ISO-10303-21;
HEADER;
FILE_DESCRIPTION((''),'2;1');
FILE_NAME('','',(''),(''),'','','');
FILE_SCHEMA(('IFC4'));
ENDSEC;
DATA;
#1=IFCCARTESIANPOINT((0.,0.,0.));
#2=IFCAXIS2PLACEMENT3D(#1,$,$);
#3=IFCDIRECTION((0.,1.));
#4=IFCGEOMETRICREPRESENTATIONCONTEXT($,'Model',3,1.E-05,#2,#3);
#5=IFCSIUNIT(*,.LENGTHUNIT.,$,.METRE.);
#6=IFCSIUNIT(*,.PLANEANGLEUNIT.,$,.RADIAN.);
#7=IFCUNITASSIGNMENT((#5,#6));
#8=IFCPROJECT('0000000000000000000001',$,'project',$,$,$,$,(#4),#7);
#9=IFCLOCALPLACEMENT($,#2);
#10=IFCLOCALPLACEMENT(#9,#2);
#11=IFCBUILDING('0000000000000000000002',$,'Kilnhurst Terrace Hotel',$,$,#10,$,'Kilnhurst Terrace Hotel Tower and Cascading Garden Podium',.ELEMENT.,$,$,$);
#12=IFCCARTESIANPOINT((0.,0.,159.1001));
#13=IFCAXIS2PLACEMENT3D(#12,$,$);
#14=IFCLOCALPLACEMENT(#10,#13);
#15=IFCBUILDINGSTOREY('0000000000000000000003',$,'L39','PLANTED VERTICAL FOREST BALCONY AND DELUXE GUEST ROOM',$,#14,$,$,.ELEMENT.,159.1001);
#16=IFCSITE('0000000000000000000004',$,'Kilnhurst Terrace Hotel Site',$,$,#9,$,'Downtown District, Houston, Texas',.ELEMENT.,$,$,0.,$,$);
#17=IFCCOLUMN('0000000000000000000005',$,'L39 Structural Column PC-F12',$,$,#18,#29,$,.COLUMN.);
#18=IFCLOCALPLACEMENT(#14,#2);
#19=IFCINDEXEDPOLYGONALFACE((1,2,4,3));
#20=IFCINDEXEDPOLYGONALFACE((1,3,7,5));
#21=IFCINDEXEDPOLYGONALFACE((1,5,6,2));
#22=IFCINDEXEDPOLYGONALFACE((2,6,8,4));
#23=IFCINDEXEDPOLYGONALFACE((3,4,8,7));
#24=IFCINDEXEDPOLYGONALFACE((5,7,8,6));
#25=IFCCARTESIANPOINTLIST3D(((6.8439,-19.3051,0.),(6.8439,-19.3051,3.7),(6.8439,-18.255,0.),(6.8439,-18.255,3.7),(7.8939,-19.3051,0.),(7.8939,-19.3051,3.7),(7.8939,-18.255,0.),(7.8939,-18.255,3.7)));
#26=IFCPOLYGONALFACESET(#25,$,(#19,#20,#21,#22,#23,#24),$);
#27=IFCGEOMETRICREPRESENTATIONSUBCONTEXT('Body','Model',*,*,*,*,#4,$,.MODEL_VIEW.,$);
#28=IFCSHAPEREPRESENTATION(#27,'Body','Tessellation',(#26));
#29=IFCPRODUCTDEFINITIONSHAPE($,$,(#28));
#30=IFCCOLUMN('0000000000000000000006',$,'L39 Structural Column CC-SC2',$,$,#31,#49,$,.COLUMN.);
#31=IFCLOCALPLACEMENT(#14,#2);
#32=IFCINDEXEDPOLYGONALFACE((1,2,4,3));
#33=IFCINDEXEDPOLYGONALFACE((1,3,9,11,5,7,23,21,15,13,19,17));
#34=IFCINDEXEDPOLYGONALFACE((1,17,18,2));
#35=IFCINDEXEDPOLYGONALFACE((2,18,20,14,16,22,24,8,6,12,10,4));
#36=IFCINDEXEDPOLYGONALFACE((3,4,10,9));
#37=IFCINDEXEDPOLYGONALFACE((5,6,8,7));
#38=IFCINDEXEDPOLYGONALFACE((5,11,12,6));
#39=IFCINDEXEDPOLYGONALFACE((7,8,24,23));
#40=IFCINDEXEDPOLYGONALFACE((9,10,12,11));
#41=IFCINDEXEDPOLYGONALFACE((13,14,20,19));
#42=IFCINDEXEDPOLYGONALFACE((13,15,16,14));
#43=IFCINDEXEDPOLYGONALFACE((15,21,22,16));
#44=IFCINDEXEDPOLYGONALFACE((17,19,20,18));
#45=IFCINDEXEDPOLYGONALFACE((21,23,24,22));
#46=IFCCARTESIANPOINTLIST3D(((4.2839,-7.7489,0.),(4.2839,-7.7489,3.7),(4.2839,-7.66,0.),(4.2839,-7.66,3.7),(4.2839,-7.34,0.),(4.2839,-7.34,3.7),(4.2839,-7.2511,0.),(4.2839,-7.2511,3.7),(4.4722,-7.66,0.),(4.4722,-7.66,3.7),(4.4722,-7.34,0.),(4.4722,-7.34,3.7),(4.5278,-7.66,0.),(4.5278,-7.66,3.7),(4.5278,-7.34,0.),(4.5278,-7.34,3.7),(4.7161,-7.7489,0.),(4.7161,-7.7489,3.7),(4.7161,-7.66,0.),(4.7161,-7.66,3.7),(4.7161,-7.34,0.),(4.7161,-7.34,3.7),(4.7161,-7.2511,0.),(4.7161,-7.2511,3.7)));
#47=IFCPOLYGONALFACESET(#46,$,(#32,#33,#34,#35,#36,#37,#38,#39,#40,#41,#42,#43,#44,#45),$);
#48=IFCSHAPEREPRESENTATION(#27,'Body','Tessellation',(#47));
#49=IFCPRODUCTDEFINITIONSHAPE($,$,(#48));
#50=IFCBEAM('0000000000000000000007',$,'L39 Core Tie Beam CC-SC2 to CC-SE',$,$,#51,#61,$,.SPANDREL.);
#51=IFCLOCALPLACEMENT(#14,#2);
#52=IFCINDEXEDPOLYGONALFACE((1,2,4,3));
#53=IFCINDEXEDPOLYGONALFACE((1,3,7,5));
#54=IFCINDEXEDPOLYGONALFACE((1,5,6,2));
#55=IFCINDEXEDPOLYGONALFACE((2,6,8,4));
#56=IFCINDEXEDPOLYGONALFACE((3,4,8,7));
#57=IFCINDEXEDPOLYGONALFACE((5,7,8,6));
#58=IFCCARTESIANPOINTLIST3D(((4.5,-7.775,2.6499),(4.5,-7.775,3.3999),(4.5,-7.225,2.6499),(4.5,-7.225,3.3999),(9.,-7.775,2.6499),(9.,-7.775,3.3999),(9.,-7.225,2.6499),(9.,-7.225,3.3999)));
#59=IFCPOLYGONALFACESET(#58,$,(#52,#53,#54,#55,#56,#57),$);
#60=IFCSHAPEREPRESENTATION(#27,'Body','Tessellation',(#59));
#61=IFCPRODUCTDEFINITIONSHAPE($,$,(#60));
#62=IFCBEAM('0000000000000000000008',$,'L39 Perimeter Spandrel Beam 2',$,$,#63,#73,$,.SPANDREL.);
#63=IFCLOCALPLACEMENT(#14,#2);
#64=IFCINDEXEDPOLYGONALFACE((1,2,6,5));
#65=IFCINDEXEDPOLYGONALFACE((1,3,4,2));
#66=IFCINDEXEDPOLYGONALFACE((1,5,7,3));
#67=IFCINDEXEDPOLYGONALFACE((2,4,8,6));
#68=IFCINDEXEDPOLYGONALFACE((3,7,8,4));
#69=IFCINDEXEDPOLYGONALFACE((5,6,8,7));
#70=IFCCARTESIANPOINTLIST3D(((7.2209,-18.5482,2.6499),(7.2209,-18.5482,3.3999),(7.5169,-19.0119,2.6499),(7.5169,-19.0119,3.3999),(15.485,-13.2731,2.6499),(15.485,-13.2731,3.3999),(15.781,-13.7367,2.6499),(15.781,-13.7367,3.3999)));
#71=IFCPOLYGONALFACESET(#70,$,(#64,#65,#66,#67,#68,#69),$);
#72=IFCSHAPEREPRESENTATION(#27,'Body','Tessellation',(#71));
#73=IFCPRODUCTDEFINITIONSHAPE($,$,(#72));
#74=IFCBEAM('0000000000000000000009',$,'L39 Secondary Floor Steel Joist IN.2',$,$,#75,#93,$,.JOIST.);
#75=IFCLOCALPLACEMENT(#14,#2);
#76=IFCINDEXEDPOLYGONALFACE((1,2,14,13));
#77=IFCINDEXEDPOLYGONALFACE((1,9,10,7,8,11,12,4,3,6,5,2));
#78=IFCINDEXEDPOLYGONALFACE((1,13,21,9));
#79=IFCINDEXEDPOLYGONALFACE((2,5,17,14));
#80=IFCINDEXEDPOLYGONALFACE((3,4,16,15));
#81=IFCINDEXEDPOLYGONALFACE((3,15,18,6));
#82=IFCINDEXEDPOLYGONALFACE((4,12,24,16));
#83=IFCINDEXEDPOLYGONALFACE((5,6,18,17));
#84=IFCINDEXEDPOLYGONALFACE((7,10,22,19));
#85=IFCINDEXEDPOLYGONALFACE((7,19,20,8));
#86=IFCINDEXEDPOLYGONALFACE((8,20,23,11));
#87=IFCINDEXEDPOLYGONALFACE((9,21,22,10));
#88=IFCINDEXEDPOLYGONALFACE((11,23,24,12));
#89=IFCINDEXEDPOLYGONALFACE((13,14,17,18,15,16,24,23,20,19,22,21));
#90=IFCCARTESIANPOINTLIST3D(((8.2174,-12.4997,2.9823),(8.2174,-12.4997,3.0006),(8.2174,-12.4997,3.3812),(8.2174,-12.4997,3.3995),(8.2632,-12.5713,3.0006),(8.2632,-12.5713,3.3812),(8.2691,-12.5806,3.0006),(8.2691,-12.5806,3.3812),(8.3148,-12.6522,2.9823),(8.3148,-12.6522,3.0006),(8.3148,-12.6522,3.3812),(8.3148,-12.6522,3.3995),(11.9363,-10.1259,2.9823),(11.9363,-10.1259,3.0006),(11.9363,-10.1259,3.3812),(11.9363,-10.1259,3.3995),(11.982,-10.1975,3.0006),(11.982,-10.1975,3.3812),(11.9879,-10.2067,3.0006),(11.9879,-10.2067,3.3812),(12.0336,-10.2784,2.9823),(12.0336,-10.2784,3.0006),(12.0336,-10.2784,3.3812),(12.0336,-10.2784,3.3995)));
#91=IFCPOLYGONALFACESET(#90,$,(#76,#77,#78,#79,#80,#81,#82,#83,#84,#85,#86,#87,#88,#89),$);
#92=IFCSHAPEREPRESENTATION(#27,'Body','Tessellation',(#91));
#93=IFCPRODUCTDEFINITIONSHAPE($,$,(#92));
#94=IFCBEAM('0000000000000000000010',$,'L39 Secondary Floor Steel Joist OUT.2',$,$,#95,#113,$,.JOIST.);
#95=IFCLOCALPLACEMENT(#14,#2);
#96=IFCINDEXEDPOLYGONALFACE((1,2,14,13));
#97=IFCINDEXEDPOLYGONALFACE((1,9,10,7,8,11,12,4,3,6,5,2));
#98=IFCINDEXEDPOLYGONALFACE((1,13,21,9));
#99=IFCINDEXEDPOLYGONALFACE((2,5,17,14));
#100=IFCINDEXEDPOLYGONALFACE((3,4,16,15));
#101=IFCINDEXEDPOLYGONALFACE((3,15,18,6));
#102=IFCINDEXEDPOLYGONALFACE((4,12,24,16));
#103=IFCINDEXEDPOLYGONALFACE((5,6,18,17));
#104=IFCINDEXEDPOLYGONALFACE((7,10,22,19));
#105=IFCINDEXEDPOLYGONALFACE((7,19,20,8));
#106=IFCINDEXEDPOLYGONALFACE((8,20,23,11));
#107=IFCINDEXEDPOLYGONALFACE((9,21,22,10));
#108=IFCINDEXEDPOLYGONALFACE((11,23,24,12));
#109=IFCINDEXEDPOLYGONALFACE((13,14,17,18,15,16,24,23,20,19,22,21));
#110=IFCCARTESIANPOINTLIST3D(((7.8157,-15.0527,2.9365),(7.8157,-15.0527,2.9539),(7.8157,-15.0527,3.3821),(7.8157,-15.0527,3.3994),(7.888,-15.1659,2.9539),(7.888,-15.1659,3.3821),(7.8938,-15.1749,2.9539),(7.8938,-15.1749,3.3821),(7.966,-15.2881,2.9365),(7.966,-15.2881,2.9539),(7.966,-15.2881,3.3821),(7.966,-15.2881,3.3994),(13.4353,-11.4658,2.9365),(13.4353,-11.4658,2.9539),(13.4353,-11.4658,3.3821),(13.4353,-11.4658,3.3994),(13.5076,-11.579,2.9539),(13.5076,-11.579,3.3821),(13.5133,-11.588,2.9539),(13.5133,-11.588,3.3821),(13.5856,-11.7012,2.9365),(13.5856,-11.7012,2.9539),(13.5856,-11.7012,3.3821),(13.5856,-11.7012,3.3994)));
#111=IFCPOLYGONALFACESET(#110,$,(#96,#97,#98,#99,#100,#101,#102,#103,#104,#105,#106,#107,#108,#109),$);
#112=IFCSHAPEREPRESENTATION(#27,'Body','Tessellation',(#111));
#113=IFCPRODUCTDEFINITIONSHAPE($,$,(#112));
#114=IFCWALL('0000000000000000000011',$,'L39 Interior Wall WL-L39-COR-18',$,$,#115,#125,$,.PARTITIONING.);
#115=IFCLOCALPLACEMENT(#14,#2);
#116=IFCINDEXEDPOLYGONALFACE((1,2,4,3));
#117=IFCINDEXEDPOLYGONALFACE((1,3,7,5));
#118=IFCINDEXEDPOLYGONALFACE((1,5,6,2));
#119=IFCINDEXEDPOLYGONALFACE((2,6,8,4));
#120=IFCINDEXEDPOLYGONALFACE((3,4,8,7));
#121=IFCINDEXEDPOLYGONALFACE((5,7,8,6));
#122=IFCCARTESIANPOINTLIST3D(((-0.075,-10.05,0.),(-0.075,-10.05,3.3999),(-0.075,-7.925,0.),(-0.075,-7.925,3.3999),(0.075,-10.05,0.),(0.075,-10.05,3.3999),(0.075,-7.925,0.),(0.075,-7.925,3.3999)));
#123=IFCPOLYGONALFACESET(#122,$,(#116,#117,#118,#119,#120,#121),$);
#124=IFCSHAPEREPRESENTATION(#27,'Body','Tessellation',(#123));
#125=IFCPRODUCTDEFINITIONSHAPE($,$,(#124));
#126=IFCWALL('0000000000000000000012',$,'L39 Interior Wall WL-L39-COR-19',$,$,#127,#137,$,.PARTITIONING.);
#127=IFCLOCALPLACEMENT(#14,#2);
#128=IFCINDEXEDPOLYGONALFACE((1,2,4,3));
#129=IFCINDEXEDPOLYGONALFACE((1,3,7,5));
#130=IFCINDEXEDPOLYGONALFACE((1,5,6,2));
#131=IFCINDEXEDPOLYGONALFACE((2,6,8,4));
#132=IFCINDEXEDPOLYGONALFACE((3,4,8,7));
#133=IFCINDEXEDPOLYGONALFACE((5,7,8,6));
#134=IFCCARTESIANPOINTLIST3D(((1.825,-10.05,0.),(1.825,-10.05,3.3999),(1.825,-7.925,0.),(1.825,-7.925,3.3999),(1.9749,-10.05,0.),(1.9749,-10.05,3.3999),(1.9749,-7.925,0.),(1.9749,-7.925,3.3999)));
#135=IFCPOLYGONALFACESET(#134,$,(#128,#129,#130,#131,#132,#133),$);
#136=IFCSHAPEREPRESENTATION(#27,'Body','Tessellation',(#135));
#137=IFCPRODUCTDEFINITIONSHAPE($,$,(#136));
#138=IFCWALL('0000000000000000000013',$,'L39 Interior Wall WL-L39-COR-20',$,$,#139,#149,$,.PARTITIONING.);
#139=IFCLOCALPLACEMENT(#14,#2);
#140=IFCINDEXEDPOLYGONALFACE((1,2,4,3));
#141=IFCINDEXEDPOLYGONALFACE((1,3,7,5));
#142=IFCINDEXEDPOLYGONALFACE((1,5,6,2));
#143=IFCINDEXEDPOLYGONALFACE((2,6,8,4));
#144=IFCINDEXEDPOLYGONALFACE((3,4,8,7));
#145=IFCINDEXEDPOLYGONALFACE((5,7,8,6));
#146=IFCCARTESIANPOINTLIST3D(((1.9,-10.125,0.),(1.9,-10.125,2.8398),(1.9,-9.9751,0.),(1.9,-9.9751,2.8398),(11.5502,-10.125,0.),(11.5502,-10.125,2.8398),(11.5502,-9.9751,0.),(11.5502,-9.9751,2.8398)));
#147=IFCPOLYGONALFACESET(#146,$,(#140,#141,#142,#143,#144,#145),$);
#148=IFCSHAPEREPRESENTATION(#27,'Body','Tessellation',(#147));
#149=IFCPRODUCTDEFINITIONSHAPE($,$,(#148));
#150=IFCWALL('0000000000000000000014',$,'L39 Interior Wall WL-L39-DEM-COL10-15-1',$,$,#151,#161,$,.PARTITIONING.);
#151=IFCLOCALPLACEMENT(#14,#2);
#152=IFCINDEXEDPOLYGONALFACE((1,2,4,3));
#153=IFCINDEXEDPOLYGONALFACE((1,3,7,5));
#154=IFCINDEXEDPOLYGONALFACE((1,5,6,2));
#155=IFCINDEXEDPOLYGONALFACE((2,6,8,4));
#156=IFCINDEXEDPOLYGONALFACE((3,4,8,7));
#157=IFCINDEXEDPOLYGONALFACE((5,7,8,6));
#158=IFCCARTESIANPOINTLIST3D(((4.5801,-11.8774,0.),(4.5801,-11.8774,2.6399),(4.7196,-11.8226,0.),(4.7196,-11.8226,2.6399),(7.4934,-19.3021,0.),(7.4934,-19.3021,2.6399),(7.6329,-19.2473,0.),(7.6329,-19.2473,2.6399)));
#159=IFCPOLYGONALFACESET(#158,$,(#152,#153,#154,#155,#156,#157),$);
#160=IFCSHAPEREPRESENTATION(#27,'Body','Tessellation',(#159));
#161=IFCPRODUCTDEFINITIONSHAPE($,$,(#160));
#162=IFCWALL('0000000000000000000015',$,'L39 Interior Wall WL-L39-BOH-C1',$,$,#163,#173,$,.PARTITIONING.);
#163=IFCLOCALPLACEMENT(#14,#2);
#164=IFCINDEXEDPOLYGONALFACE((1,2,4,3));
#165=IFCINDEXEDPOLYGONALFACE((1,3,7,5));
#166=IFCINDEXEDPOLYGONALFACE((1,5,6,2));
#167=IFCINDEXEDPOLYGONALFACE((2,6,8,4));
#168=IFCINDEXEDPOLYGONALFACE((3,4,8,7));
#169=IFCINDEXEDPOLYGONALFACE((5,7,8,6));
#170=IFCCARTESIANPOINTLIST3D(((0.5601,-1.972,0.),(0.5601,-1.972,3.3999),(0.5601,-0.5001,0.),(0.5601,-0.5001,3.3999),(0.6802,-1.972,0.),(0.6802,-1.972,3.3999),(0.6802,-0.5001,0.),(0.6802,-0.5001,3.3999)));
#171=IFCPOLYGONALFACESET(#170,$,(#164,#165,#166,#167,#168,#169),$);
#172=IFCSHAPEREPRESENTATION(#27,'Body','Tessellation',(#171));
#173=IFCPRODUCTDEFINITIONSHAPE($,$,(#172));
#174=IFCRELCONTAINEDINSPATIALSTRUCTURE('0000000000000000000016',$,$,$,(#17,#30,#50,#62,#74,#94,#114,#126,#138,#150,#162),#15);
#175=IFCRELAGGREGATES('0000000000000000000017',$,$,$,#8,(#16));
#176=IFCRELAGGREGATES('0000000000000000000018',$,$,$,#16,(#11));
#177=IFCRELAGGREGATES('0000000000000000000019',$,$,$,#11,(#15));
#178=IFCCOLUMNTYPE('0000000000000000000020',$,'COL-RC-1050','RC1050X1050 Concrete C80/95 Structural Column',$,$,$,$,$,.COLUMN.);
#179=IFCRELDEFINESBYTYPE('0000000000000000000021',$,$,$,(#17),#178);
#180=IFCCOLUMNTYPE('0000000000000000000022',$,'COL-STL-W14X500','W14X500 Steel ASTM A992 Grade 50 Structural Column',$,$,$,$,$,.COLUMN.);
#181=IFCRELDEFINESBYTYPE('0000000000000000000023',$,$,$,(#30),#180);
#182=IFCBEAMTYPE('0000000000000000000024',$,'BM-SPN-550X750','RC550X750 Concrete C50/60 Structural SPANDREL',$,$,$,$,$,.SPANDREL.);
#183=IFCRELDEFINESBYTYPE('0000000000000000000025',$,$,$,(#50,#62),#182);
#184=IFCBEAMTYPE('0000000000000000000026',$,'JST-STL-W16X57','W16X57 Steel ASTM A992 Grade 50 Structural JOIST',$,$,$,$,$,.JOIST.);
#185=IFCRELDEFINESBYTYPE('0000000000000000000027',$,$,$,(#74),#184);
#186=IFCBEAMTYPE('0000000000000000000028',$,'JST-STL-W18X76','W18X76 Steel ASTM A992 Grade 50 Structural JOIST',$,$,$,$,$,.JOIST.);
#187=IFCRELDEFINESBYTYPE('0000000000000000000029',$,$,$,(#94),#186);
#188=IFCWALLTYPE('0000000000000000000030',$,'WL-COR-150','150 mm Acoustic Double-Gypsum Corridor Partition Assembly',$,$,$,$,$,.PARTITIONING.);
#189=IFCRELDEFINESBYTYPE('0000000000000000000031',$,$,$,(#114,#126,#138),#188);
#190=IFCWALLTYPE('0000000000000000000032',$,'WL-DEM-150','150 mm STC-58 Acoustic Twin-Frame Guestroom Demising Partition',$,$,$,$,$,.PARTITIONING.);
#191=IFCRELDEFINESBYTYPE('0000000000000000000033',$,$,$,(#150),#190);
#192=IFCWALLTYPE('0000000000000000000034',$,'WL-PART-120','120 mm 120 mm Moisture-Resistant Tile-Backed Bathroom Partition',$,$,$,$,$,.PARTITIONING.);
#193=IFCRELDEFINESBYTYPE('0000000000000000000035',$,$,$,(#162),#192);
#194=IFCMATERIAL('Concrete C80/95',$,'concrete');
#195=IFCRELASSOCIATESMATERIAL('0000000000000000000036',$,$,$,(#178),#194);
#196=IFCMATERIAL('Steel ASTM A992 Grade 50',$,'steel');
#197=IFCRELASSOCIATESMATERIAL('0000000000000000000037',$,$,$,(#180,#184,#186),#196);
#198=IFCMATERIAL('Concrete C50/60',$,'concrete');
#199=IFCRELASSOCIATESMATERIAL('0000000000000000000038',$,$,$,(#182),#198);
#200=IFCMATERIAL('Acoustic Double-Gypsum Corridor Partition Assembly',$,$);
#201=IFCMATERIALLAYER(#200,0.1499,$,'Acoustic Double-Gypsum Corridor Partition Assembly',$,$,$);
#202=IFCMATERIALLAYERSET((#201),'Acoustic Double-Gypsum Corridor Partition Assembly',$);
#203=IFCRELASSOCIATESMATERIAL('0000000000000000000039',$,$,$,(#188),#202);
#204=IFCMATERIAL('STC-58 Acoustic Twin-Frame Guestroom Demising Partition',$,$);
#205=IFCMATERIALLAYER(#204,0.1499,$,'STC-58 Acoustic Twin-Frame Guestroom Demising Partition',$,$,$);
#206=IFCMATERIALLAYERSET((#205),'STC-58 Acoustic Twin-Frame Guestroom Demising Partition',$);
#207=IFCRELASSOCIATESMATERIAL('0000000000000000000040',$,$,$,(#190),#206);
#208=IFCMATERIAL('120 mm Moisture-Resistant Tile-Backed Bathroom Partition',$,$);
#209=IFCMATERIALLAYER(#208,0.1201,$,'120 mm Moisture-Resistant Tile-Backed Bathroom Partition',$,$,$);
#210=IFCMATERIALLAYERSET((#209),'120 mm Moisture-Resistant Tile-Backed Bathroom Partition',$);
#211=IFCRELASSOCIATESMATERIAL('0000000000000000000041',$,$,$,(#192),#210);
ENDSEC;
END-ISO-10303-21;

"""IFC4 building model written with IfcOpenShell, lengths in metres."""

from ifc_helpers import new_model, si_unit, direction, frame, frame_2d, origin, origin_2d, place, context, subcontext, project, spatial, rectangle, i_section, extrude, material, layer, layer_set, material_profile, profile_set, type_object, element, save


model = new_model("IFC4")

# Units and contexts
model_context = context("Model", 3, precision=1e-05, world=origin(), true_north=direction((0.0, 1.0)))
body_context = subcontext(model_context, "Body", "Model", "MODEL_VIEW")
ifc_project = project(units=[si_unit("LENGTHUNIT", "METRE"), si_unit("PLANEANGLEUNIT", "RADIAN")], contexts=[model_context])

# Site, building, storey
site_placement = place(None, origin())
site = spatial("IfcSite", under=ifc_project, at=site_placement, Name="Kilnhurst Terrace Hotel Site", LongName="Downtown District, Houston, Texas", CompositionType="ELEMENT", RefElevation=0.0)
building_placement = place(site_placement, origin())
building = spatial("IfcBuilding", under=site, at=building_placement, Name="Kilnhurst Terrace Hotel", LongName="Kilnhurst Terrace Hotel Tower and Cascading Garden Podium", CompositionType="ELEMENT")
storey_placement = place(building_placement, frame((0.0, 0.0, 159.1001)))
storey = spatial("IfcBuildingStorey", under=building, at=storey_placement, Name="L39", Description="PLANTED VERTICAL FOREST BALCONY AND DELUXE GUEST ROOM", CompositionType="ELEMENT", Elevation=159.1001)

# Columns
ifc_material_1 = material(Name="Concrete C80/95", Category="concrete")
ifc_material_profile_1 = material_profile(ifc_material_1, rectangle(XDim=1.05, YDim=1.05, at=origin_2d()), Name="RC1050X1050")
ifc_profile_set_1 = profile_set([ifc_material_profile_1], Name="Concrete C80/95")
column_type_1 = type_object("IfcColumnType", Name="COL-RC-1050", Description="RC1050X1050 Concrete C80/95 Structural Column", PredefinedType="COLUMN", material=ifc_profile_set_1)
column_1_placement = place(storey_placement, frame((7.3689, -18.78, 0.0), z_axis=(0.0, 0.0, 1.0), x_axis=(1.0, 0.0, 0.0)))
element("IfcColumn", 1, at=column_1_placement, inside=storey, type_object=column_type_1, Name="L39 Structural Column PC-F12", PredefinedType="COLUMN", context=body_context, shape_type="SweptSolid", body=[
    extrude(rectangle(XDim=1.05, YDim=1.05, at=origin_2d()), origin(), (0.0, 0.0, 1.0), 3.7),
])
ifc_material_2 = material(Name="Steel ASTM A992 Grade 50", Category="steel")
ifc_material_profile_2 = material_profile(ifc_material_2, i_section(OverallWidth=0.4321, OverallDepth=0.4978, WebThickness=0.0557, FlangeThickness=0.0889, at=origin_2d()), Name="W14X500")
ifc_profile_set_2 = profile_set([ifc_material_profile_2], Name="Steel ASTM A992 Grade 50")
column_type_2 = type_object("IfcColumnType", Name="COL-STL-W14X500", Description="W14X500 Steel ASTM A992 Grade 50 Structural Column", PredefinedType="COLUMN", material=ifc_profile_set_2)
column_2_placement = place(storey_placement, frame((4.5, -7.5, 0.0), z_axis=(0.0, 0.0, 1.0), x_axis=(1.0, 0.0, 0.0)))
element("IfcColumn", 2, at=column_2_placement, inside=storey, type_object=column_type_2, Name="L39 Structural Column CC-SC2", PredefinedType="COLUMN", context=body_context, shape_type="SweptSolid", body=[
    extrude(i_section(OverallWidth=0.4321, OverallDepth=0.4978, WebThickness=0.0557, FlangeThickness=0.0889, at=origin_2d()), origin(), (0.0, 0.0, 1.0), 3.7),
])

# Beams
ifc_material_3 = material(Name="Concrete C50/60", Category="concrete")
ifc_material_profile_3 = material_profile(ifc_material_3, rectangle(XDim=0.55, YDim=0.75, at=origin_2d()), Name="RC550X750")
ifc_profile_set_3 = profile_set([ifc_material_profile_3], Name="Concrete C50/60")
beam_type_1 = type_object("IfcBeamType", Name="BM-SPN-550X750", Description="RC550X750 Concrete C50/60 Structural SPANDREL", PredefinedType="SPANDREL", material=ifc_profile_set_3)
beam_1_placement = place(storey_placement, frame((4.5, -7.5, 3.0249), z_axis=(1.0, 0.0, 0.0), x_axis=(0.0, 1.0, 0.0)))
element("IfcBeam", 3, at=beam_1_placement, inside=storey, type_object=beam_type_1, Name="L39 Core Tie Beam CC-SC2 to CC-SE", PredefinedType="SPANDREL", context=body_context, shape_type="SweptSolid", body=[
    extrude(rectangle(XDim=0.55, YDim=0.75, at=origin_2d()), origin(), (0.0, 0.0, 1.0), 4.5),
])
beam_2_placement = place(storey_placement, frame((7.3689, -18.78, 3.0249), z_axis=(0.842915, 0.538046, 0.0), x_axis=(-0.538046, 0.842915, 0.0)))
element("IfcBeam", 4, at=beam_2_placement, inside=storey, type_object=beam_type_1, Name="L39 Perimeter Spandrel Beam 2", PredefinedType="SPANDREL", context=body_context, shape_type="SweptSolid", body=[
    extrude(rectangle(XDim=0.55, YDim=0.75, at=origin_2d()), origin(), (0.0, 0.0, 1.0), 9.8042),
])
ifc_material_profile_4 = material_profile(ifc_material_2, i_section(OverallWidth=0.1809, OverallDepth=0.4172, WebThickness=0.011, FlangeThickness=0.0183, at=origin_2d()), Name="W16X57")
ifc_profile_set_4 = profile_set([ifc_material_profile_4], Name="Steel ASTM A992 Grade 50")
beam_type_2 = type_object("IfcBeamType", Name="JST-STL-W16X57", Description="W16X57 Steel ASTM A992 Grade 50 Structural JOIST", PredefinedType="JOIST", material=ifc_profile_set_4)
beam_3_placement = place(storey_placement, frame((8.2661, -12.5759, 3.1909), z_axis=(0.842911, 0.538053, 0.0), x_axis=(-0.538053, 0.842911, 0.0)))
element("IfcBeam", 5, at=beam_3_placement, inside=storey, type_object=beam_type_2, Name="L39 Secondary Floor Steel Joist IN.2", PredefinedType="JOIST", context=body_context, shape_type="SweptSolid", body=[
    extrude(i_section(OverallWidth=0.1809, OverallDepth=0.4172, WebThickness=0.011, FlangeThickness=0.0183, at=origin_2d()), origin(), (0.0, 0.0, 1.0), 4.4119),
])
ifc_material_profile_5 = material_profile(ifc_material_2, i_section(OverallWidth=0.2793, OverallDepth=0.4629, WebThickness=0.0107, FlangeThickness=0.0173, at=origin_2d()), Name="W18X76")
ifc_profile_set_5 = profile_set([ifc_material_profile_5], Name="Steel ASTM A992 Grade 50")
beam_type_3 = type_object("IfcBeamType", Name="JST-STL-W18X76", Description="W18X76 Steel ASTM A992 Grade 50 Structural JOIST", PredefinedType="JOIST", material=ifc_profile_set_5)
beam_4_placement = place(storey_placement, frame((7.8909, -15.1704, 3.168), z_axis=(0.842928, 0.538027, 0.0), x_axis=(-0.538027, 0.842928, 0.0)))
element("IfcBeam", 6, at=beam_4_placement, inside=storey, type_object=beam_type_3, Name="L39 Secondary Floor Steel Joist OUT.2", PredefinedType="JOIST", context=body_context, shape_type="SweptSolid", body=[
    extrude(i_section(OverallWidth=0.2793, OverallDepth=0.4629, WebThickness=0.0107, FlangeThickness=0.0173, at=origin_2d()), origin(), (0.0, 0.0, 1.0), 6.6667),
])

# Walls
ifc_material_4 = material(Name="Acoustic Double-Gypsum Corridor Partition Assembly")
ifc_layer_1 = layer(ifc_material_4, 0.1499, Name="Acoustic Double-Gypsum Corridor Partition Assembly")
ifc_layer_set_1 = layer_set([ifc_layer_1], Name="Acoustic Double-Gypsum Corridor Partition Assembly")
wall_type_1 = type_object("IfcWallType", Name="WL-COR-150", Description="150 mm Acoustic Double-Gypsum Corridor Partition Assembly", PredefinedType="PARTITIONING", material=ifc_layer_set_1)
for number, where, z_axis, x_axis, name in (
    (7, (0.0, -10.05, 0.0), (0.0, 0.0, 1.0), (0.0, 1.0, 0.0), "L39 Interior Wall WL-L39-COR-18"),
    (8, (1.8999, -7.925, 0.0), (0.0, 0.0, 1.0), (0.0, -1.0, 0.0), "L39 Interior Wall WL-L39-COR-19"),
):
    element("IfcWall", number, at=place(storey_placement, frame(where, z_axis=z_axis, x_axis=x_axis)), inside=storey, type_object=wall_type_1, Name=name, PredefinedType="PARTITIONING", context=body_context, shape_type="SweptSolid", body=[
        extrude(rectangle(XDim=2.125, YDim=0.1499, at=frame_2d((1.0625, 0.0))), origin(), (0.0, 0.0, 1.0), 3.3999),
    ])
wall_1_placement = place(storey_placement, frame((1.8999, -10.05, 0.0), z_axis=(0.0, 0.0, 1.0), x_axis=(1.0, 0.0, 0.0)))
element("IfcWall", 9, at=wall_1_placement, inside=storey, type_object=wall_type_1, Name="L39 Interior Wall WL-L39-COR-20", PredefinedType="PARTITIONING", context=body_context, shape_type="SweptSolid", body=[
    extrude(rectangle(XDim=9.6501, YDim=0.1499, at=frame_2d((4.8252, 0.0))), origin(), (0.0, 0.0, 1.0), 2.8398),
])
ifc_material_5 = material(Name="STC-58 Acoustic Twin-Frame Guestroom Demising Partition")
ifc_layer_2 = layer(ifc_material_5, 0.1499, Name="STC-58 Acoustic Twin-Frame Guestroom Demising Partition")
ifc_layer_set_2 = layer_set([ifc_layer_2], Name="STC-58 Acoustic Twin-Frame Guestroom Demising Partition")
wall_type_2 = type_object("IfcWallType", Name="WL-DEM-150", Description="150 mm STC-58 Acoustic Twin-Frame Guestroom Demising Partition", PredefinedType="PARTITIONING", material=ifc_layer_set_2)
wall_2_placement = place(storey_placement, frame((4.6499, -11.8501, 0.0), z_axis=(0.0, 0.0, 1.0), x_axis=(0.365266, -0.930903, 0.0)))
element("IfcWall", 10, at=wall_2_placement, inside=storey, type_object=wall_type_2, Name="L39 Interior Wall WL-L39-DEM-COL10-15-1", PredefinedType="PARTITIONING", context=body_context, shape_type="SweptSolid", body=[
    extrude(rectangle(XDim=7.9758, YDim=0.1499, at=frame_2d((3.9878, 0.0))), origin(), (0.0, 0.0, 1.0), 2.6399),
])
ifc_material_6 = material(Name="120 mm Moisture-Resistant Tile-Backed Bathroom Partition")
ifc_layer_3 = layer(ifc_material_6, 0.1201, Name="120 mm Moisture-Resistant Tile-Backed Bathroom Partition")
ifc_layer_set_3 = layer_set([ifc_layer_3], Name="120 mm Moisture-Resistant Tile-Backed Bathroom Partition")
wall_type_3 = type_object("IfcWallType", Name="WL-PART-120", Description="120 mm 120 mm Moisture-Resistant Tile-Backed Bathroom Partition", PredefinedType="PARTITIONING", material=ifc_layer_set_3)
wall_3_placement = place(storey_placement, frame((0.6201, -1.9719, 0.0), z_axis=(0.0, 0.0, 1.0), x_axis=(0.0, 1.0, 0.0)))
element("IfcWall", 11, at=wall_3_placement, inside=storey, type_object=wall_type_3, Name="L39 Interior Wall WL-L39-BOH-C1", PredefinedType="PARTITIONING", context=body_context, shape_type="SweptSolid", body=[
    extrude(rectangle(XDim=1.4719, YDim=0.1201, at=frame_2d((0.7358, 0.0))), origin(), (0.0, 0.0, 1.0), 3.3999),
])

save(model, "model.ifc")
